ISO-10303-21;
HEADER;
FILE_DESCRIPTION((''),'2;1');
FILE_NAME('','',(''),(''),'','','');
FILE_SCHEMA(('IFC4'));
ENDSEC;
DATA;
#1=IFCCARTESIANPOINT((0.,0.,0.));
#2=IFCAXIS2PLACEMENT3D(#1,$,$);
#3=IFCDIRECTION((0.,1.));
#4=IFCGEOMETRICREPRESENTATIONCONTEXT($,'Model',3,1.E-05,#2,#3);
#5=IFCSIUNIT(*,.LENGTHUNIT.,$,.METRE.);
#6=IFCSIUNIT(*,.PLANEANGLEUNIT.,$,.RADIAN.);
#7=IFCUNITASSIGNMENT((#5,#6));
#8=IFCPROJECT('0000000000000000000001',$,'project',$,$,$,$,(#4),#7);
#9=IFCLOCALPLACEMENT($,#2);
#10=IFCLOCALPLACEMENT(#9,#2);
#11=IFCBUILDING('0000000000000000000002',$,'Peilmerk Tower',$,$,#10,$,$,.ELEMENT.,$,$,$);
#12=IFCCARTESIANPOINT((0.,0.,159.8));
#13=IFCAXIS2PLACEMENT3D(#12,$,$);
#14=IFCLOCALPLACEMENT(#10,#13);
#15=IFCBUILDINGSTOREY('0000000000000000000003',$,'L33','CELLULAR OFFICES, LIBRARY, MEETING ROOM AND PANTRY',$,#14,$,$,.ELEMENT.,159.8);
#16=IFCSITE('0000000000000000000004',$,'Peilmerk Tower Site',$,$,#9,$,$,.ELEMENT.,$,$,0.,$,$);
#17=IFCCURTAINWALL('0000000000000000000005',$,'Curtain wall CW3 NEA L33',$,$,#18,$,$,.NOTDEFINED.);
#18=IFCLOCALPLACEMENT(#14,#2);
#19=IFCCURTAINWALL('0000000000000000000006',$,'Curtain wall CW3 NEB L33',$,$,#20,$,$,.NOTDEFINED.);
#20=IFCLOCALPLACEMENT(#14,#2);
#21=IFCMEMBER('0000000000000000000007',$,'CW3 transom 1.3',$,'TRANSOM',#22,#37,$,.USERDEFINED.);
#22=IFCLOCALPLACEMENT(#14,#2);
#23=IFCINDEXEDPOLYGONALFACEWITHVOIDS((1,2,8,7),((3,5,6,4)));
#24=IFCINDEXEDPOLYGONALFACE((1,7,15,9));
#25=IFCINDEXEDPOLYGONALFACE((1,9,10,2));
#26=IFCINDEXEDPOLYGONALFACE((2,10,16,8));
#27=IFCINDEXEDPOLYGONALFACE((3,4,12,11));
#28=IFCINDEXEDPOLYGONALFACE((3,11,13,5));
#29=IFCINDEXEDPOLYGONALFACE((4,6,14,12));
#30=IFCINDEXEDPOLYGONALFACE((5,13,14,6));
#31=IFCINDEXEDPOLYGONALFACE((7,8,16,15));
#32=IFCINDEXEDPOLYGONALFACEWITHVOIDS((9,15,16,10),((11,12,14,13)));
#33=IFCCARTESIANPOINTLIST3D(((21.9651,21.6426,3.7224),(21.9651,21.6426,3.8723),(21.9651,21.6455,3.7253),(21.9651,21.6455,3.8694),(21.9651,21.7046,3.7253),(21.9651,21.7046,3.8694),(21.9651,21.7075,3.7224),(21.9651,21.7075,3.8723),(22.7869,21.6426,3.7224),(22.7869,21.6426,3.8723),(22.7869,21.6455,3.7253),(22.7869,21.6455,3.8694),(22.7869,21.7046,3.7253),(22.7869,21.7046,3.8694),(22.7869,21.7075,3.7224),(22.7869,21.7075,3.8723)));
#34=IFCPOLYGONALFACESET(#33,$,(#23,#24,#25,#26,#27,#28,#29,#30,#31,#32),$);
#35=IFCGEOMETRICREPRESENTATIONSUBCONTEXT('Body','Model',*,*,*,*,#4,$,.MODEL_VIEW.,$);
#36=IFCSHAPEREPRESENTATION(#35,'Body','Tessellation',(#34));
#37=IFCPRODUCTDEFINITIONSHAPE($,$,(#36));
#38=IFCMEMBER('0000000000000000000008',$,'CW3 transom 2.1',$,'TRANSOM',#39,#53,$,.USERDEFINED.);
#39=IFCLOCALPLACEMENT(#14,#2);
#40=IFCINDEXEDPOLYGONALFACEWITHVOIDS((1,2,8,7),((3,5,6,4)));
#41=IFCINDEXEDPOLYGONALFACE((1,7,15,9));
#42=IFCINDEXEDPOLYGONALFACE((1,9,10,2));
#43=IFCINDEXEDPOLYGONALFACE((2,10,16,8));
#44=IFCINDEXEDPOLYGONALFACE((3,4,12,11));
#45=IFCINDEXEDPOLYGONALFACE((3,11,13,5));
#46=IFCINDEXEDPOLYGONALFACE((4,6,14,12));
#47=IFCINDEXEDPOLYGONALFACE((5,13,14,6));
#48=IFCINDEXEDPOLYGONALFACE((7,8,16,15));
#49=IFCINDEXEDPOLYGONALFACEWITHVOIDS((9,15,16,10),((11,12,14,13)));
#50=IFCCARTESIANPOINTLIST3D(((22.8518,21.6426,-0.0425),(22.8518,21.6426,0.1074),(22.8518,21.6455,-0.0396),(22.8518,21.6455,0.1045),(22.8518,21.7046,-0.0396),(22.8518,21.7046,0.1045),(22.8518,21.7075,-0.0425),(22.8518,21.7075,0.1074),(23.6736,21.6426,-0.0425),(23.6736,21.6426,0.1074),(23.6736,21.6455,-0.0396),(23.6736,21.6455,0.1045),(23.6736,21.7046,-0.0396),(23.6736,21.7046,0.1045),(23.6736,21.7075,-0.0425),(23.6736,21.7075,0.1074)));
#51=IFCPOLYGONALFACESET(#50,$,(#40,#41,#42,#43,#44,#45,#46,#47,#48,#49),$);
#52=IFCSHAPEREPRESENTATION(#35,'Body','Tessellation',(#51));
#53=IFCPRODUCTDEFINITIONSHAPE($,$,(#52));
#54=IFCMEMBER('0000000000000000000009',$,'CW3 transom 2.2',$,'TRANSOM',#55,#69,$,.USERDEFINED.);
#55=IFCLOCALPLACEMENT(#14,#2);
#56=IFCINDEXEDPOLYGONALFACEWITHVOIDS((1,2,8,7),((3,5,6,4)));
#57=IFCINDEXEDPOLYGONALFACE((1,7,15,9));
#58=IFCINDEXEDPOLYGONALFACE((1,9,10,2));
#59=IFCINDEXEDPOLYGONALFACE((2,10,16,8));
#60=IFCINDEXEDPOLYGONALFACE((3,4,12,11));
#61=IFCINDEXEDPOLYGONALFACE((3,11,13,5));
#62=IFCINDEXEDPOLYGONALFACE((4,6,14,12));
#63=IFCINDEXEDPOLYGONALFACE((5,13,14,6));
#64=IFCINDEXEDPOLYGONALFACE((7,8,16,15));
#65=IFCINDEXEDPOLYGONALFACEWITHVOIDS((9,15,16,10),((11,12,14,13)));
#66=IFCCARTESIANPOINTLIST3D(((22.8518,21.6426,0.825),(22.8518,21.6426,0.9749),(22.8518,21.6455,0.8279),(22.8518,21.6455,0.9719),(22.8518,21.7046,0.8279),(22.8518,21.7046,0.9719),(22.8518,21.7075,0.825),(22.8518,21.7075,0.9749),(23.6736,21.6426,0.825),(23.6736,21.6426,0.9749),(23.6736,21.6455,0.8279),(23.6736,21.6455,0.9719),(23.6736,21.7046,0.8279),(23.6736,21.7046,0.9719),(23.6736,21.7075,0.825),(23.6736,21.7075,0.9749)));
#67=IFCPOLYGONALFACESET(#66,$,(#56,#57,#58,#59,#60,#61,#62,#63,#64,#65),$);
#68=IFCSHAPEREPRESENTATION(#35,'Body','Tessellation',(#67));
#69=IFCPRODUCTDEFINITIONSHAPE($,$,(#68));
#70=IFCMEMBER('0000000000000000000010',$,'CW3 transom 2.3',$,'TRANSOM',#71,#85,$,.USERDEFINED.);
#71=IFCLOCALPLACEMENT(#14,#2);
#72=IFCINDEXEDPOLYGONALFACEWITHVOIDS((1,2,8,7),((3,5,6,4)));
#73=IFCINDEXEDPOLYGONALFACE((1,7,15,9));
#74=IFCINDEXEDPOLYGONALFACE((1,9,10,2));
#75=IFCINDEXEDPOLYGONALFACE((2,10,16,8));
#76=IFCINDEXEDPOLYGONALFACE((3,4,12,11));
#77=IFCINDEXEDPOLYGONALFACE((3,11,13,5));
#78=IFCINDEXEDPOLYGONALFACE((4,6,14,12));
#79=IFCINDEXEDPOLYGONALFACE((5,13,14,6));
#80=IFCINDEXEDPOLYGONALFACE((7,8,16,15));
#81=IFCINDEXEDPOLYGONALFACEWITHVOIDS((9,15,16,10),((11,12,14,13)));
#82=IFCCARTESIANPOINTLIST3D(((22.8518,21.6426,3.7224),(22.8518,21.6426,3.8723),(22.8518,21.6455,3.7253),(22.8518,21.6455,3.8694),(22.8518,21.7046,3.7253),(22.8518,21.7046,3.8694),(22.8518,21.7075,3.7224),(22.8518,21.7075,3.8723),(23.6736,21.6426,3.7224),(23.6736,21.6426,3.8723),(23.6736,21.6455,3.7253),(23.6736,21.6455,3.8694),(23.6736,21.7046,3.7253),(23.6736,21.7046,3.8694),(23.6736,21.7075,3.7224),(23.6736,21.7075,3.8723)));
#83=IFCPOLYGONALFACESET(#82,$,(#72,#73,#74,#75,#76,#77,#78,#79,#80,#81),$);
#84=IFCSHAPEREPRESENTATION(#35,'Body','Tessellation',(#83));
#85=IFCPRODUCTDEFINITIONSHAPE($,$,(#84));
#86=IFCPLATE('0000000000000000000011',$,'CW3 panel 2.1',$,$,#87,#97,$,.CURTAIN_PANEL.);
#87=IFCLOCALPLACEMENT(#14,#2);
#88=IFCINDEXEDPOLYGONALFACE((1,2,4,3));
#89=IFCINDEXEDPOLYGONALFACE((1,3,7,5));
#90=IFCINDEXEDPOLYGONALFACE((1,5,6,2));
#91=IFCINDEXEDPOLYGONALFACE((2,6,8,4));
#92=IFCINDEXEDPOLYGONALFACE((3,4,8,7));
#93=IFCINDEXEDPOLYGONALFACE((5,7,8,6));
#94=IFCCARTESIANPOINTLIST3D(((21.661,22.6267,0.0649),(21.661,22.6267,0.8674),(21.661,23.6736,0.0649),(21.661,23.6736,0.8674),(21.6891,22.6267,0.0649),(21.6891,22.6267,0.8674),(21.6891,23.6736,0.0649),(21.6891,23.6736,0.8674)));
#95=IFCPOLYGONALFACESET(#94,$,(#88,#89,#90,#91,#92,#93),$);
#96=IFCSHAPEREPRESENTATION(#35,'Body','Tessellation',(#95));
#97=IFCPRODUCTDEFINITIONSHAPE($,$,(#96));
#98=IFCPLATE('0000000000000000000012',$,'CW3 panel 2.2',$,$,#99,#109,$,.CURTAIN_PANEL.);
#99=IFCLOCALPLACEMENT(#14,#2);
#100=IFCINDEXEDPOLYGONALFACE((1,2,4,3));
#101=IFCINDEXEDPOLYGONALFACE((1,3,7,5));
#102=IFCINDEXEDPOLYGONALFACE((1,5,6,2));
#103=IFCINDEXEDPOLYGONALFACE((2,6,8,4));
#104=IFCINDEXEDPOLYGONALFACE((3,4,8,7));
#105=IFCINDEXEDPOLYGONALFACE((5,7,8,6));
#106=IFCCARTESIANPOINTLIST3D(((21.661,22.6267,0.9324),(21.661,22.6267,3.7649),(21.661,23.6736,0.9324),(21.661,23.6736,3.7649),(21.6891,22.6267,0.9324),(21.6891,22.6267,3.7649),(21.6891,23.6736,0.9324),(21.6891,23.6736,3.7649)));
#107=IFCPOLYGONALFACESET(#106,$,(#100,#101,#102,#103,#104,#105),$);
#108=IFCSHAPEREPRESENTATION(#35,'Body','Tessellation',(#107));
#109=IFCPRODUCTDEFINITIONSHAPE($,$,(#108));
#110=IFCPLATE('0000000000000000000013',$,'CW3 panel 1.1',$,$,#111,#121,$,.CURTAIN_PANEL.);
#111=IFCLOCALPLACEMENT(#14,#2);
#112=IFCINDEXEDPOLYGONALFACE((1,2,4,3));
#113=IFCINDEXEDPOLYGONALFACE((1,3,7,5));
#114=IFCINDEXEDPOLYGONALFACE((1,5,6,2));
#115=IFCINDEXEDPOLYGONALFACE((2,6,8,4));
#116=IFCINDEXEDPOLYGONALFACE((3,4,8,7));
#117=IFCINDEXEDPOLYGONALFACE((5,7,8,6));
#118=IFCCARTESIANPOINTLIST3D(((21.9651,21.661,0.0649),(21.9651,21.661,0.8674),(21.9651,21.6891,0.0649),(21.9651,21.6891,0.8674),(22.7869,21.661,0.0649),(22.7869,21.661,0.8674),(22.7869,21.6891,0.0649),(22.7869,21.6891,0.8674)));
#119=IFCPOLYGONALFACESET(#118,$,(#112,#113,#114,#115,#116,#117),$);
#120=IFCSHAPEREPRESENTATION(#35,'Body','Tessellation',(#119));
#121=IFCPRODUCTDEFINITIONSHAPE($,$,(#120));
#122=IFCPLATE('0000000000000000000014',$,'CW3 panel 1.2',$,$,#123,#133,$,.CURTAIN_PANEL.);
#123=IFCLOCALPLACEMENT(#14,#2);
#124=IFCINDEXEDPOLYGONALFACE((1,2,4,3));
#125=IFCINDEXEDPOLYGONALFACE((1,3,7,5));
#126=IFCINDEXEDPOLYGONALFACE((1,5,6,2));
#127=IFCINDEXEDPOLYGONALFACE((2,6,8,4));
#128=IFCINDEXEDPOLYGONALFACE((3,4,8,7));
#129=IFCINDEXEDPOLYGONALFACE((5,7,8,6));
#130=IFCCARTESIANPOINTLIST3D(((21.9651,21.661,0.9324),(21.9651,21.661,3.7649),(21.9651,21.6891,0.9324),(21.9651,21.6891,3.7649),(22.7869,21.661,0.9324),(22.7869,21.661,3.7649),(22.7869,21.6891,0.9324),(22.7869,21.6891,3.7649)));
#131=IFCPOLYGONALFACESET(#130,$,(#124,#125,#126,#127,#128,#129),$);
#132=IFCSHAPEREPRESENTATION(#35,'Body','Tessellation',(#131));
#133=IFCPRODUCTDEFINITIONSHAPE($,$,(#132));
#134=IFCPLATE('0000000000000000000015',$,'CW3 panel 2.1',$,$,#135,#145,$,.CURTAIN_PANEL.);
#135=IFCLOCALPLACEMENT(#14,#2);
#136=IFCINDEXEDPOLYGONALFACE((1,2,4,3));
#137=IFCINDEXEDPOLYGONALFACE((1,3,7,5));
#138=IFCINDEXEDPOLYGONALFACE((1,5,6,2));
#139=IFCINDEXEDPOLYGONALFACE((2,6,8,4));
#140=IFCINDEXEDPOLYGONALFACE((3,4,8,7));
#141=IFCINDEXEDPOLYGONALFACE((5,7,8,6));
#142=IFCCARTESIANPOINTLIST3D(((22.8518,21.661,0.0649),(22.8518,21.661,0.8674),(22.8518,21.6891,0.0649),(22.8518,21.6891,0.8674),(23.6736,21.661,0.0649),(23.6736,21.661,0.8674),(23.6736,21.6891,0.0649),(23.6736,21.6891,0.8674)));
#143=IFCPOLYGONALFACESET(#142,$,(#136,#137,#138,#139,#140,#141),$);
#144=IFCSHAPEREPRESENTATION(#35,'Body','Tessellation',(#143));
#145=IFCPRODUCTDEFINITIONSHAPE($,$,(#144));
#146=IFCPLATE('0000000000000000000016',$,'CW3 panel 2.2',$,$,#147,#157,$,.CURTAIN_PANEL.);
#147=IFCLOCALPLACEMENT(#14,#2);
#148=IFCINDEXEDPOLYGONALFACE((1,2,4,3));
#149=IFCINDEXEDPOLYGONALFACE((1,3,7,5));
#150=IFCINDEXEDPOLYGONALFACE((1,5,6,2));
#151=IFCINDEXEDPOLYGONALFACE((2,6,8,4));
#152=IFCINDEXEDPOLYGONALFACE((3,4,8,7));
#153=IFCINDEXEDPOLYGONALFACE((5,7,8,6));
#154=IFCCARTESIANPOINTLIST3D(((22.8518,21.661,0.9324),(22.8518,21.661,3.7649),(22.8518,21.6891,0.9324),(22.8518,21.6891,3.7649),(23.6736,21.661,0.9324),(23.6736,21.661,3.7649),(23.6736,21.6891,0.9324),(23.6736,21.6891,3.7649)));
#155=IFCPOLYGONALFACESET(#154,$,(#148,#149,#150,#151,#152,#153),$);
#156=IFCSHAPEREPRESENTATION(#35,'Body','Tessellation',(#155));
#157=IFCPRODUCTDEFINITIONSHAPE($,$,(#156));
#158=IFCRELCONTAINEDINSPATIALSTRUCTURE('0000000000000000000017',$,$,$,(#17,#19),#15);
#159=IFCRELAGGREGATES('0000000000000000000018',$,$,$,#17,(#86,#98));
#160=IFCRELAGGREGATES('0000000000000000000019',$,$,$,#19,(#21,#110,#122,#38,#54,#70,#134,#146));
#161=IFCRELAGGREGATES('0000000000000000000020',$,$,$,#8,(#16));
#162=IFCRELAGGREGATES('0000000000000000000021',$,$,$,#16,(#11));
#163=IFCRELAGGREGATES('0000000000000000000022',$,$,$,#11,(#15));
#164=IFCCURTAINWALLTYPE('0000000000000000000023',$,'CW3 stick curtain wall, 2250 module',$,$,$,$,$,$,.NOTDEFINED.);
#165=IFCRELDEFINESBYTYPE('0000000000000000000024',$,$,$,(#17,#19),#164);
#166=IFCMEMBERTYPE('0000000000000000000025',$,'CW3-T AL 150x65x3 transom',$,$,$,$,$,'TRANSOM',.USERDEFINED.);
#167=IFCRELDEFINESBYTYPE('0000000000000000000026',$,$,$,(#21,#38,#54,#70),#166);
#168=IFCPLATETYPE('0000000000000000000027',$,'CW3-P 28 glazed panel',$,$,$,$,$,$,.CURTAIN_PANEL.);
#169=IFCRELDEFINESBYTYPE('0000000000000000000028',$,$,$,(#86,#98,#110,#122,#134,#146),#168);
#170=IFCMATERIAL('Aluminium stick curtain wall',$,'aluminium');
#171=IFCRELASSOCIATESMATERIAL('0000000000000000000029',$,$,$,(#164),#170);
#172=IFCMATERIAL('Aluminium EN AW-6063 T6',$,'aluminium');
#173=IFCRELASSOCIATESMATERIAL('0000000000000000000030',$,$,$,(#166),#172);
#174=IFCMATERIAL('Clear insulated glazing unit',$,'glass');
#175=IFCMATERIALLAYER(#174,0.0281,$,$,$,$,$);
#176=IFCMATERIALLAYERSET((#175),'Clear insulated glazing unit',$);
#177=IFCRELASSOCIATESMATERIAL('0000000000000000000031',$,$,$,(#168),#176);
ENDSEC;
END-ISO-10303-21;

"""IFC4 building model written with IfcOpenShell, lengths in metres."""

from ifc_helpers import new_model, si_unit, direction, frame, origin, origin_2d, place, context, subcontext, project, spatial, rectangle, hollow_rectangle, extrude, material, layer, layer_set, material_profile, profile_set, type_object, element, aggregate, save


model = new_model("IFC4")

# Units and contexts
model_context = context("Model", 3, precision=1e-05, world=origin(), true_north=direction((0.0, 1.0)))
body_context = subcontext(model_context, "Body", "Model", "MODEL_VIEW")
ifc_project = project(units=[si_unit("LENGTHUNIT", "METRE"), si_unit("PLANEANGLEUNIT", "RADIAN")], contexts=[model_context])

# Site, building, storey
site_placement = place(None, origin())
site = spatial("IfcSite", under=ifc_project, at=site_placement, Name="Peilmerk Tower Site", CompositionType="ELEMENT", RefElevation=0.0)
building_placement = place(site_placement, origin())
building = spatial("IfcBuilding", under=site, at=building_placement, Name="Peilmerk Tower", CompositionType="ELEMENT")
storey_placement = place(building_placement, frame((0.0, 0.0, 159.8)))
storey = spatial("IfcBuildingStorey", under=building, at=storey_placement, Name="L33", Description="CELLULAR OFFICES, LIBRARY, MEETING ROOM AND PANTRY", CompositionType="ELEMENT", Elevation=159.8)

# Curtain wall
ifc_material_1 = material(Name="Aluminium stick curtain wall", Category="aluminium")
curtain_wall_type = type_object("IfcCurtainWallType", Name="CW3 stick curtain wall, 2250 module", PredefinedType="NOTDEFINED", material=ifc_material_1)
curtain_wall_1_placement = place(storey_placement, origin())
curtain_wall_1 = element("IfcCurtainWall", 1, at=curtain_wall_1_placement, inside=storey, type_object=curtain_wall_type, Name="Curtain wall CW3 NEA L33", PredefinedType="NOTDEFINED")
ifc_material_2 = material(Name="Aluminium EN AW-6063 T6", Category="aluminium")

# Curtain wall
curtain_wall_2_placement = place(storey_placement, origin())
curtain_wall_2 = element("IfcCurtainWall", 2, at=curtain_wall_2_placement, inside=storey, type_object=curtain_wall_type, Name="Curtain wall CW3 NEB L33", PredefinedType="NOTDEFINED")

# Members
ifc_material_profile_1 = material_profile(ifc_material_2, hollow_rectangle(XDim=0.0649, YDim=0.1499, WallThickness=0.0029, at=origin_2d()), Name="AL 150x65x3")
ifc_profile_set_1 = profile_set([ifc_material_profile_1], Name="Aluminium EN AW-6063 T6")
member_type_1 = type_object("IfcMemberType", Name="CW3-T AL 150x65x3 transom", ElementType="TRANSOM", PredefinedType="USERDEFINED", material=ifc_profile_set_1)
member_1_placement = place(storey_placement, frame((21.9651, 21.675, 3.7974), z_axis=(1.0, 0.0, 0.0), x_axis=(0.0, 1.0, 0.0)))
member_1 = element("IfcMember", 3, at=member_1_placement, type_object=member_type_1, Name="CW3 transom 1.3", ObjectType="TRANSOM", PredefinedType="USERDEFINED", context=body_context, shape_type="SweptSolid", body=[
    extrude(hollow_rectangle(XDim=0.0649, YDim=0.1499, WallThickness=0.0029, at=origin_2d()), origin(), (0.0, 0.0, 1.0), 0.8218),
])
member_2_placement = place(storey_placement, frame((22.8518, 21.675, 0.0325), z_axis=(1.0, 0.0, 0.0), x_axis=(0.0, 1.0, 0.0)))
member_2 = element("IfcMember", 4, at=member_2_placement, type_object=member_type_1, Name="CW3 transom 2.1", ObjectType="TRANSOM", PredefinedType="USERDEFINED", context=body_context, shape_type="SweptSolid", body=[
    extrude(hollow_rectangle(XDim=0.0649, YDim=0.1499, WallThickness=0.0029, at=origin_2d()), origin(), (0.0, 0.0, 1.0), 0.8218),
])
member_3_placement = place(storey_placement, frame((22.8518, 21.675, 0.8999), z_axis=(1.0, 0.0, 0.0), x_axis=(0.0, 1.0, 0.0)))
member_3 = element("IfcMember", 5, at=member_3_placement, type_object=member_type_1, Name="CW3 transom 2.2", ObjectType="TRANSOM", PredefinedType="USERDEFINED", context=body_context, shape_type="SweptSolid", body=[
    extrude(hollow_rectangle(XDim=0.0649, YDim=0.1499, WallThickness=0.0029, at=origin_2d()), origin(), (0.0, 0.0, 1.0), 0.8218),
])
member_4_placement = place(storey_placement, frame((22.8518, 21.675, 3.7974), z_axis=(1.0, 0.0, 0.0), x_axis=(0.0, 1.0, 0.0)))
member_4 = element("IfcMember", 6, at=member_4_placement, type_object=member_type_1, Name="CW3 transom 2.3", ObjectType="TRANSOM", PredefinedType="USERDEFINED", context=body_context, shape_type="SweptSolid", body=[
    extrude(hollow_rectangle(XDim=0.0649, YDim=0.1499, WallThickness=0.0029, at=origin_2d()), origin(), (0.0, 0.0, 1.0), 0.8218),
])

# Plates
ifc_material_3 = material(Name="Clear insulated glazing unit", Category="glass")
ifc_layer_1 = layer(ifc_material_3, 0.0281)
ifc_layer_set_1 = layer_set([ifc_layer_1], Name="Clear insulated glazing unit")
plate_type = type_object("IfcPlateType", Name="CW3-P 28 glazed panel", PredefinedType="CURTAIN_PANEL", material=ifc_layer_set_1)
plate_1_placement = place(storey_placement, frame((21.675, 23.1501, 0.0649), z_axis=(0.0, 0.0, 1.0), x_axis=(0.0, 1.0, 0.0)))
plate_1 = element("IfcPlate", 7, at=plate_1_placement, type_object=plate_type, Name="CW3 panel 2.1", PredefinedType="CURTAIN_PANEL", context=body_context, shape_type="SweptSolid", body=[
    extrude(rectangle(XDim=1.0469, YDim=0.0281, at=origin_2d()), origin(), (0.0, 0.0, 1.0), 0.8025),
])
plate_2_placement = place(storey_placement, frame((21.675, 23.1501, 0.9324), z_axis=(0.0, 0.0, 1.0), x_axis=(0.0, 1.0, 0.0)))
plate_2 = element("IfcPlate", 8, at=plate_2_placement, type_object=plate_type, Name="CW3 panel 2.2", PredefinedType="CURTAIN_PANEL", context=body_context, shape_type="SweptSolid", body=[
    extrude(rectangle(XDim=1.0469, YDim=0.0281, at=origin_2d()), origin(), (0.0, 0.0, 1.0), 2.8325),
])
aggregate(curtain_wall_1, [plate_1, plate_2])
plate_3_placement = place(storey_placement, frame((22.376, 21.675, 0.0649), z_axis=(0.0, 0.0, 1.0), x_axis=(1.0, 0.0, 0.0)))
plate_3 = element("IfcPlate", 9, at=plate_3_placement, type_object=plate_type, Name="CW3 panel 1.1", PredefinedType="CURTAIN_PANEL", context=body_context, shape_type="SweptSolid", body=[
    extrude(rectangle(XDim=0.8218, YDim=0.0281, at=origin_2d()), origin(), (0.0, 0.0, 1.0), 0.8025),
])
plate_4_placement = place(storey_placement, frame((22.376, 21.675, 0.9324), z_axis=(0.0, 0.0, 1.0), x_axis=(1.0, 0.0, 0.0)))
plate_4 = element("IfcPlate", 10, at=plate_4_placement, type_object=plate_type, Name="CW3 panel 1.2", PredefinedType="CURTAIN_PANEL", context=body_context, shape_type="SweptSolid", body=[
    extrude(rectangle(XDim=0.8218, YDim=0.0281, at=origin_2d()), origin(), (0.0, 0.0, 1.0), 2.8325),
])
plate_5_placement = place(storey_placement, frame((23.2627, 21.675, 0.0649), z_axis=(0.0, 0.0, 1.0), x_axis=(1.0, 0.0, 0.0)))
plate_5 = element("IfcPlate", 11, at=plate_5_placement, type_object=plate_type, Name="CW3 panel 2.1", PredefinedType="CURTAIN_PANEL", context=body_context, shape_type="SweptSolid", body=[
    extrude(rectangle(XDim=0.8218, YDim=0.0281, at=origin_2d()), origin(), (0.0, 0.0, 1.0), 0.8025),
])
plate_6_placement = place(storey_placement, frame((23.2627, 21.675, 0.9324), z_axis=(0.0, 0.0, 1.0), x_axis=(1.0, 0.0, 0.0)))
plate_6 = element("IfcPlate", 12, at=plate_6_placement, type_object=plate_type, Name="CW3 panel 2.2", PredefinedType="CURTAIN_PANEL", context=body_context, shape_type="SweptSolid", body=[
    extrude(rectangle(XDim=0.8218, YDim=0.0281, at=origin_2d()), origin(), (0.0, 0.0, 1.0), 2.8325),
])
aggregate(curtain_wall_2, [member_1, plate_3, plate_4, member_2, member_3, member_4, plate_5, plate_6])

save(model, "model.ifc")
